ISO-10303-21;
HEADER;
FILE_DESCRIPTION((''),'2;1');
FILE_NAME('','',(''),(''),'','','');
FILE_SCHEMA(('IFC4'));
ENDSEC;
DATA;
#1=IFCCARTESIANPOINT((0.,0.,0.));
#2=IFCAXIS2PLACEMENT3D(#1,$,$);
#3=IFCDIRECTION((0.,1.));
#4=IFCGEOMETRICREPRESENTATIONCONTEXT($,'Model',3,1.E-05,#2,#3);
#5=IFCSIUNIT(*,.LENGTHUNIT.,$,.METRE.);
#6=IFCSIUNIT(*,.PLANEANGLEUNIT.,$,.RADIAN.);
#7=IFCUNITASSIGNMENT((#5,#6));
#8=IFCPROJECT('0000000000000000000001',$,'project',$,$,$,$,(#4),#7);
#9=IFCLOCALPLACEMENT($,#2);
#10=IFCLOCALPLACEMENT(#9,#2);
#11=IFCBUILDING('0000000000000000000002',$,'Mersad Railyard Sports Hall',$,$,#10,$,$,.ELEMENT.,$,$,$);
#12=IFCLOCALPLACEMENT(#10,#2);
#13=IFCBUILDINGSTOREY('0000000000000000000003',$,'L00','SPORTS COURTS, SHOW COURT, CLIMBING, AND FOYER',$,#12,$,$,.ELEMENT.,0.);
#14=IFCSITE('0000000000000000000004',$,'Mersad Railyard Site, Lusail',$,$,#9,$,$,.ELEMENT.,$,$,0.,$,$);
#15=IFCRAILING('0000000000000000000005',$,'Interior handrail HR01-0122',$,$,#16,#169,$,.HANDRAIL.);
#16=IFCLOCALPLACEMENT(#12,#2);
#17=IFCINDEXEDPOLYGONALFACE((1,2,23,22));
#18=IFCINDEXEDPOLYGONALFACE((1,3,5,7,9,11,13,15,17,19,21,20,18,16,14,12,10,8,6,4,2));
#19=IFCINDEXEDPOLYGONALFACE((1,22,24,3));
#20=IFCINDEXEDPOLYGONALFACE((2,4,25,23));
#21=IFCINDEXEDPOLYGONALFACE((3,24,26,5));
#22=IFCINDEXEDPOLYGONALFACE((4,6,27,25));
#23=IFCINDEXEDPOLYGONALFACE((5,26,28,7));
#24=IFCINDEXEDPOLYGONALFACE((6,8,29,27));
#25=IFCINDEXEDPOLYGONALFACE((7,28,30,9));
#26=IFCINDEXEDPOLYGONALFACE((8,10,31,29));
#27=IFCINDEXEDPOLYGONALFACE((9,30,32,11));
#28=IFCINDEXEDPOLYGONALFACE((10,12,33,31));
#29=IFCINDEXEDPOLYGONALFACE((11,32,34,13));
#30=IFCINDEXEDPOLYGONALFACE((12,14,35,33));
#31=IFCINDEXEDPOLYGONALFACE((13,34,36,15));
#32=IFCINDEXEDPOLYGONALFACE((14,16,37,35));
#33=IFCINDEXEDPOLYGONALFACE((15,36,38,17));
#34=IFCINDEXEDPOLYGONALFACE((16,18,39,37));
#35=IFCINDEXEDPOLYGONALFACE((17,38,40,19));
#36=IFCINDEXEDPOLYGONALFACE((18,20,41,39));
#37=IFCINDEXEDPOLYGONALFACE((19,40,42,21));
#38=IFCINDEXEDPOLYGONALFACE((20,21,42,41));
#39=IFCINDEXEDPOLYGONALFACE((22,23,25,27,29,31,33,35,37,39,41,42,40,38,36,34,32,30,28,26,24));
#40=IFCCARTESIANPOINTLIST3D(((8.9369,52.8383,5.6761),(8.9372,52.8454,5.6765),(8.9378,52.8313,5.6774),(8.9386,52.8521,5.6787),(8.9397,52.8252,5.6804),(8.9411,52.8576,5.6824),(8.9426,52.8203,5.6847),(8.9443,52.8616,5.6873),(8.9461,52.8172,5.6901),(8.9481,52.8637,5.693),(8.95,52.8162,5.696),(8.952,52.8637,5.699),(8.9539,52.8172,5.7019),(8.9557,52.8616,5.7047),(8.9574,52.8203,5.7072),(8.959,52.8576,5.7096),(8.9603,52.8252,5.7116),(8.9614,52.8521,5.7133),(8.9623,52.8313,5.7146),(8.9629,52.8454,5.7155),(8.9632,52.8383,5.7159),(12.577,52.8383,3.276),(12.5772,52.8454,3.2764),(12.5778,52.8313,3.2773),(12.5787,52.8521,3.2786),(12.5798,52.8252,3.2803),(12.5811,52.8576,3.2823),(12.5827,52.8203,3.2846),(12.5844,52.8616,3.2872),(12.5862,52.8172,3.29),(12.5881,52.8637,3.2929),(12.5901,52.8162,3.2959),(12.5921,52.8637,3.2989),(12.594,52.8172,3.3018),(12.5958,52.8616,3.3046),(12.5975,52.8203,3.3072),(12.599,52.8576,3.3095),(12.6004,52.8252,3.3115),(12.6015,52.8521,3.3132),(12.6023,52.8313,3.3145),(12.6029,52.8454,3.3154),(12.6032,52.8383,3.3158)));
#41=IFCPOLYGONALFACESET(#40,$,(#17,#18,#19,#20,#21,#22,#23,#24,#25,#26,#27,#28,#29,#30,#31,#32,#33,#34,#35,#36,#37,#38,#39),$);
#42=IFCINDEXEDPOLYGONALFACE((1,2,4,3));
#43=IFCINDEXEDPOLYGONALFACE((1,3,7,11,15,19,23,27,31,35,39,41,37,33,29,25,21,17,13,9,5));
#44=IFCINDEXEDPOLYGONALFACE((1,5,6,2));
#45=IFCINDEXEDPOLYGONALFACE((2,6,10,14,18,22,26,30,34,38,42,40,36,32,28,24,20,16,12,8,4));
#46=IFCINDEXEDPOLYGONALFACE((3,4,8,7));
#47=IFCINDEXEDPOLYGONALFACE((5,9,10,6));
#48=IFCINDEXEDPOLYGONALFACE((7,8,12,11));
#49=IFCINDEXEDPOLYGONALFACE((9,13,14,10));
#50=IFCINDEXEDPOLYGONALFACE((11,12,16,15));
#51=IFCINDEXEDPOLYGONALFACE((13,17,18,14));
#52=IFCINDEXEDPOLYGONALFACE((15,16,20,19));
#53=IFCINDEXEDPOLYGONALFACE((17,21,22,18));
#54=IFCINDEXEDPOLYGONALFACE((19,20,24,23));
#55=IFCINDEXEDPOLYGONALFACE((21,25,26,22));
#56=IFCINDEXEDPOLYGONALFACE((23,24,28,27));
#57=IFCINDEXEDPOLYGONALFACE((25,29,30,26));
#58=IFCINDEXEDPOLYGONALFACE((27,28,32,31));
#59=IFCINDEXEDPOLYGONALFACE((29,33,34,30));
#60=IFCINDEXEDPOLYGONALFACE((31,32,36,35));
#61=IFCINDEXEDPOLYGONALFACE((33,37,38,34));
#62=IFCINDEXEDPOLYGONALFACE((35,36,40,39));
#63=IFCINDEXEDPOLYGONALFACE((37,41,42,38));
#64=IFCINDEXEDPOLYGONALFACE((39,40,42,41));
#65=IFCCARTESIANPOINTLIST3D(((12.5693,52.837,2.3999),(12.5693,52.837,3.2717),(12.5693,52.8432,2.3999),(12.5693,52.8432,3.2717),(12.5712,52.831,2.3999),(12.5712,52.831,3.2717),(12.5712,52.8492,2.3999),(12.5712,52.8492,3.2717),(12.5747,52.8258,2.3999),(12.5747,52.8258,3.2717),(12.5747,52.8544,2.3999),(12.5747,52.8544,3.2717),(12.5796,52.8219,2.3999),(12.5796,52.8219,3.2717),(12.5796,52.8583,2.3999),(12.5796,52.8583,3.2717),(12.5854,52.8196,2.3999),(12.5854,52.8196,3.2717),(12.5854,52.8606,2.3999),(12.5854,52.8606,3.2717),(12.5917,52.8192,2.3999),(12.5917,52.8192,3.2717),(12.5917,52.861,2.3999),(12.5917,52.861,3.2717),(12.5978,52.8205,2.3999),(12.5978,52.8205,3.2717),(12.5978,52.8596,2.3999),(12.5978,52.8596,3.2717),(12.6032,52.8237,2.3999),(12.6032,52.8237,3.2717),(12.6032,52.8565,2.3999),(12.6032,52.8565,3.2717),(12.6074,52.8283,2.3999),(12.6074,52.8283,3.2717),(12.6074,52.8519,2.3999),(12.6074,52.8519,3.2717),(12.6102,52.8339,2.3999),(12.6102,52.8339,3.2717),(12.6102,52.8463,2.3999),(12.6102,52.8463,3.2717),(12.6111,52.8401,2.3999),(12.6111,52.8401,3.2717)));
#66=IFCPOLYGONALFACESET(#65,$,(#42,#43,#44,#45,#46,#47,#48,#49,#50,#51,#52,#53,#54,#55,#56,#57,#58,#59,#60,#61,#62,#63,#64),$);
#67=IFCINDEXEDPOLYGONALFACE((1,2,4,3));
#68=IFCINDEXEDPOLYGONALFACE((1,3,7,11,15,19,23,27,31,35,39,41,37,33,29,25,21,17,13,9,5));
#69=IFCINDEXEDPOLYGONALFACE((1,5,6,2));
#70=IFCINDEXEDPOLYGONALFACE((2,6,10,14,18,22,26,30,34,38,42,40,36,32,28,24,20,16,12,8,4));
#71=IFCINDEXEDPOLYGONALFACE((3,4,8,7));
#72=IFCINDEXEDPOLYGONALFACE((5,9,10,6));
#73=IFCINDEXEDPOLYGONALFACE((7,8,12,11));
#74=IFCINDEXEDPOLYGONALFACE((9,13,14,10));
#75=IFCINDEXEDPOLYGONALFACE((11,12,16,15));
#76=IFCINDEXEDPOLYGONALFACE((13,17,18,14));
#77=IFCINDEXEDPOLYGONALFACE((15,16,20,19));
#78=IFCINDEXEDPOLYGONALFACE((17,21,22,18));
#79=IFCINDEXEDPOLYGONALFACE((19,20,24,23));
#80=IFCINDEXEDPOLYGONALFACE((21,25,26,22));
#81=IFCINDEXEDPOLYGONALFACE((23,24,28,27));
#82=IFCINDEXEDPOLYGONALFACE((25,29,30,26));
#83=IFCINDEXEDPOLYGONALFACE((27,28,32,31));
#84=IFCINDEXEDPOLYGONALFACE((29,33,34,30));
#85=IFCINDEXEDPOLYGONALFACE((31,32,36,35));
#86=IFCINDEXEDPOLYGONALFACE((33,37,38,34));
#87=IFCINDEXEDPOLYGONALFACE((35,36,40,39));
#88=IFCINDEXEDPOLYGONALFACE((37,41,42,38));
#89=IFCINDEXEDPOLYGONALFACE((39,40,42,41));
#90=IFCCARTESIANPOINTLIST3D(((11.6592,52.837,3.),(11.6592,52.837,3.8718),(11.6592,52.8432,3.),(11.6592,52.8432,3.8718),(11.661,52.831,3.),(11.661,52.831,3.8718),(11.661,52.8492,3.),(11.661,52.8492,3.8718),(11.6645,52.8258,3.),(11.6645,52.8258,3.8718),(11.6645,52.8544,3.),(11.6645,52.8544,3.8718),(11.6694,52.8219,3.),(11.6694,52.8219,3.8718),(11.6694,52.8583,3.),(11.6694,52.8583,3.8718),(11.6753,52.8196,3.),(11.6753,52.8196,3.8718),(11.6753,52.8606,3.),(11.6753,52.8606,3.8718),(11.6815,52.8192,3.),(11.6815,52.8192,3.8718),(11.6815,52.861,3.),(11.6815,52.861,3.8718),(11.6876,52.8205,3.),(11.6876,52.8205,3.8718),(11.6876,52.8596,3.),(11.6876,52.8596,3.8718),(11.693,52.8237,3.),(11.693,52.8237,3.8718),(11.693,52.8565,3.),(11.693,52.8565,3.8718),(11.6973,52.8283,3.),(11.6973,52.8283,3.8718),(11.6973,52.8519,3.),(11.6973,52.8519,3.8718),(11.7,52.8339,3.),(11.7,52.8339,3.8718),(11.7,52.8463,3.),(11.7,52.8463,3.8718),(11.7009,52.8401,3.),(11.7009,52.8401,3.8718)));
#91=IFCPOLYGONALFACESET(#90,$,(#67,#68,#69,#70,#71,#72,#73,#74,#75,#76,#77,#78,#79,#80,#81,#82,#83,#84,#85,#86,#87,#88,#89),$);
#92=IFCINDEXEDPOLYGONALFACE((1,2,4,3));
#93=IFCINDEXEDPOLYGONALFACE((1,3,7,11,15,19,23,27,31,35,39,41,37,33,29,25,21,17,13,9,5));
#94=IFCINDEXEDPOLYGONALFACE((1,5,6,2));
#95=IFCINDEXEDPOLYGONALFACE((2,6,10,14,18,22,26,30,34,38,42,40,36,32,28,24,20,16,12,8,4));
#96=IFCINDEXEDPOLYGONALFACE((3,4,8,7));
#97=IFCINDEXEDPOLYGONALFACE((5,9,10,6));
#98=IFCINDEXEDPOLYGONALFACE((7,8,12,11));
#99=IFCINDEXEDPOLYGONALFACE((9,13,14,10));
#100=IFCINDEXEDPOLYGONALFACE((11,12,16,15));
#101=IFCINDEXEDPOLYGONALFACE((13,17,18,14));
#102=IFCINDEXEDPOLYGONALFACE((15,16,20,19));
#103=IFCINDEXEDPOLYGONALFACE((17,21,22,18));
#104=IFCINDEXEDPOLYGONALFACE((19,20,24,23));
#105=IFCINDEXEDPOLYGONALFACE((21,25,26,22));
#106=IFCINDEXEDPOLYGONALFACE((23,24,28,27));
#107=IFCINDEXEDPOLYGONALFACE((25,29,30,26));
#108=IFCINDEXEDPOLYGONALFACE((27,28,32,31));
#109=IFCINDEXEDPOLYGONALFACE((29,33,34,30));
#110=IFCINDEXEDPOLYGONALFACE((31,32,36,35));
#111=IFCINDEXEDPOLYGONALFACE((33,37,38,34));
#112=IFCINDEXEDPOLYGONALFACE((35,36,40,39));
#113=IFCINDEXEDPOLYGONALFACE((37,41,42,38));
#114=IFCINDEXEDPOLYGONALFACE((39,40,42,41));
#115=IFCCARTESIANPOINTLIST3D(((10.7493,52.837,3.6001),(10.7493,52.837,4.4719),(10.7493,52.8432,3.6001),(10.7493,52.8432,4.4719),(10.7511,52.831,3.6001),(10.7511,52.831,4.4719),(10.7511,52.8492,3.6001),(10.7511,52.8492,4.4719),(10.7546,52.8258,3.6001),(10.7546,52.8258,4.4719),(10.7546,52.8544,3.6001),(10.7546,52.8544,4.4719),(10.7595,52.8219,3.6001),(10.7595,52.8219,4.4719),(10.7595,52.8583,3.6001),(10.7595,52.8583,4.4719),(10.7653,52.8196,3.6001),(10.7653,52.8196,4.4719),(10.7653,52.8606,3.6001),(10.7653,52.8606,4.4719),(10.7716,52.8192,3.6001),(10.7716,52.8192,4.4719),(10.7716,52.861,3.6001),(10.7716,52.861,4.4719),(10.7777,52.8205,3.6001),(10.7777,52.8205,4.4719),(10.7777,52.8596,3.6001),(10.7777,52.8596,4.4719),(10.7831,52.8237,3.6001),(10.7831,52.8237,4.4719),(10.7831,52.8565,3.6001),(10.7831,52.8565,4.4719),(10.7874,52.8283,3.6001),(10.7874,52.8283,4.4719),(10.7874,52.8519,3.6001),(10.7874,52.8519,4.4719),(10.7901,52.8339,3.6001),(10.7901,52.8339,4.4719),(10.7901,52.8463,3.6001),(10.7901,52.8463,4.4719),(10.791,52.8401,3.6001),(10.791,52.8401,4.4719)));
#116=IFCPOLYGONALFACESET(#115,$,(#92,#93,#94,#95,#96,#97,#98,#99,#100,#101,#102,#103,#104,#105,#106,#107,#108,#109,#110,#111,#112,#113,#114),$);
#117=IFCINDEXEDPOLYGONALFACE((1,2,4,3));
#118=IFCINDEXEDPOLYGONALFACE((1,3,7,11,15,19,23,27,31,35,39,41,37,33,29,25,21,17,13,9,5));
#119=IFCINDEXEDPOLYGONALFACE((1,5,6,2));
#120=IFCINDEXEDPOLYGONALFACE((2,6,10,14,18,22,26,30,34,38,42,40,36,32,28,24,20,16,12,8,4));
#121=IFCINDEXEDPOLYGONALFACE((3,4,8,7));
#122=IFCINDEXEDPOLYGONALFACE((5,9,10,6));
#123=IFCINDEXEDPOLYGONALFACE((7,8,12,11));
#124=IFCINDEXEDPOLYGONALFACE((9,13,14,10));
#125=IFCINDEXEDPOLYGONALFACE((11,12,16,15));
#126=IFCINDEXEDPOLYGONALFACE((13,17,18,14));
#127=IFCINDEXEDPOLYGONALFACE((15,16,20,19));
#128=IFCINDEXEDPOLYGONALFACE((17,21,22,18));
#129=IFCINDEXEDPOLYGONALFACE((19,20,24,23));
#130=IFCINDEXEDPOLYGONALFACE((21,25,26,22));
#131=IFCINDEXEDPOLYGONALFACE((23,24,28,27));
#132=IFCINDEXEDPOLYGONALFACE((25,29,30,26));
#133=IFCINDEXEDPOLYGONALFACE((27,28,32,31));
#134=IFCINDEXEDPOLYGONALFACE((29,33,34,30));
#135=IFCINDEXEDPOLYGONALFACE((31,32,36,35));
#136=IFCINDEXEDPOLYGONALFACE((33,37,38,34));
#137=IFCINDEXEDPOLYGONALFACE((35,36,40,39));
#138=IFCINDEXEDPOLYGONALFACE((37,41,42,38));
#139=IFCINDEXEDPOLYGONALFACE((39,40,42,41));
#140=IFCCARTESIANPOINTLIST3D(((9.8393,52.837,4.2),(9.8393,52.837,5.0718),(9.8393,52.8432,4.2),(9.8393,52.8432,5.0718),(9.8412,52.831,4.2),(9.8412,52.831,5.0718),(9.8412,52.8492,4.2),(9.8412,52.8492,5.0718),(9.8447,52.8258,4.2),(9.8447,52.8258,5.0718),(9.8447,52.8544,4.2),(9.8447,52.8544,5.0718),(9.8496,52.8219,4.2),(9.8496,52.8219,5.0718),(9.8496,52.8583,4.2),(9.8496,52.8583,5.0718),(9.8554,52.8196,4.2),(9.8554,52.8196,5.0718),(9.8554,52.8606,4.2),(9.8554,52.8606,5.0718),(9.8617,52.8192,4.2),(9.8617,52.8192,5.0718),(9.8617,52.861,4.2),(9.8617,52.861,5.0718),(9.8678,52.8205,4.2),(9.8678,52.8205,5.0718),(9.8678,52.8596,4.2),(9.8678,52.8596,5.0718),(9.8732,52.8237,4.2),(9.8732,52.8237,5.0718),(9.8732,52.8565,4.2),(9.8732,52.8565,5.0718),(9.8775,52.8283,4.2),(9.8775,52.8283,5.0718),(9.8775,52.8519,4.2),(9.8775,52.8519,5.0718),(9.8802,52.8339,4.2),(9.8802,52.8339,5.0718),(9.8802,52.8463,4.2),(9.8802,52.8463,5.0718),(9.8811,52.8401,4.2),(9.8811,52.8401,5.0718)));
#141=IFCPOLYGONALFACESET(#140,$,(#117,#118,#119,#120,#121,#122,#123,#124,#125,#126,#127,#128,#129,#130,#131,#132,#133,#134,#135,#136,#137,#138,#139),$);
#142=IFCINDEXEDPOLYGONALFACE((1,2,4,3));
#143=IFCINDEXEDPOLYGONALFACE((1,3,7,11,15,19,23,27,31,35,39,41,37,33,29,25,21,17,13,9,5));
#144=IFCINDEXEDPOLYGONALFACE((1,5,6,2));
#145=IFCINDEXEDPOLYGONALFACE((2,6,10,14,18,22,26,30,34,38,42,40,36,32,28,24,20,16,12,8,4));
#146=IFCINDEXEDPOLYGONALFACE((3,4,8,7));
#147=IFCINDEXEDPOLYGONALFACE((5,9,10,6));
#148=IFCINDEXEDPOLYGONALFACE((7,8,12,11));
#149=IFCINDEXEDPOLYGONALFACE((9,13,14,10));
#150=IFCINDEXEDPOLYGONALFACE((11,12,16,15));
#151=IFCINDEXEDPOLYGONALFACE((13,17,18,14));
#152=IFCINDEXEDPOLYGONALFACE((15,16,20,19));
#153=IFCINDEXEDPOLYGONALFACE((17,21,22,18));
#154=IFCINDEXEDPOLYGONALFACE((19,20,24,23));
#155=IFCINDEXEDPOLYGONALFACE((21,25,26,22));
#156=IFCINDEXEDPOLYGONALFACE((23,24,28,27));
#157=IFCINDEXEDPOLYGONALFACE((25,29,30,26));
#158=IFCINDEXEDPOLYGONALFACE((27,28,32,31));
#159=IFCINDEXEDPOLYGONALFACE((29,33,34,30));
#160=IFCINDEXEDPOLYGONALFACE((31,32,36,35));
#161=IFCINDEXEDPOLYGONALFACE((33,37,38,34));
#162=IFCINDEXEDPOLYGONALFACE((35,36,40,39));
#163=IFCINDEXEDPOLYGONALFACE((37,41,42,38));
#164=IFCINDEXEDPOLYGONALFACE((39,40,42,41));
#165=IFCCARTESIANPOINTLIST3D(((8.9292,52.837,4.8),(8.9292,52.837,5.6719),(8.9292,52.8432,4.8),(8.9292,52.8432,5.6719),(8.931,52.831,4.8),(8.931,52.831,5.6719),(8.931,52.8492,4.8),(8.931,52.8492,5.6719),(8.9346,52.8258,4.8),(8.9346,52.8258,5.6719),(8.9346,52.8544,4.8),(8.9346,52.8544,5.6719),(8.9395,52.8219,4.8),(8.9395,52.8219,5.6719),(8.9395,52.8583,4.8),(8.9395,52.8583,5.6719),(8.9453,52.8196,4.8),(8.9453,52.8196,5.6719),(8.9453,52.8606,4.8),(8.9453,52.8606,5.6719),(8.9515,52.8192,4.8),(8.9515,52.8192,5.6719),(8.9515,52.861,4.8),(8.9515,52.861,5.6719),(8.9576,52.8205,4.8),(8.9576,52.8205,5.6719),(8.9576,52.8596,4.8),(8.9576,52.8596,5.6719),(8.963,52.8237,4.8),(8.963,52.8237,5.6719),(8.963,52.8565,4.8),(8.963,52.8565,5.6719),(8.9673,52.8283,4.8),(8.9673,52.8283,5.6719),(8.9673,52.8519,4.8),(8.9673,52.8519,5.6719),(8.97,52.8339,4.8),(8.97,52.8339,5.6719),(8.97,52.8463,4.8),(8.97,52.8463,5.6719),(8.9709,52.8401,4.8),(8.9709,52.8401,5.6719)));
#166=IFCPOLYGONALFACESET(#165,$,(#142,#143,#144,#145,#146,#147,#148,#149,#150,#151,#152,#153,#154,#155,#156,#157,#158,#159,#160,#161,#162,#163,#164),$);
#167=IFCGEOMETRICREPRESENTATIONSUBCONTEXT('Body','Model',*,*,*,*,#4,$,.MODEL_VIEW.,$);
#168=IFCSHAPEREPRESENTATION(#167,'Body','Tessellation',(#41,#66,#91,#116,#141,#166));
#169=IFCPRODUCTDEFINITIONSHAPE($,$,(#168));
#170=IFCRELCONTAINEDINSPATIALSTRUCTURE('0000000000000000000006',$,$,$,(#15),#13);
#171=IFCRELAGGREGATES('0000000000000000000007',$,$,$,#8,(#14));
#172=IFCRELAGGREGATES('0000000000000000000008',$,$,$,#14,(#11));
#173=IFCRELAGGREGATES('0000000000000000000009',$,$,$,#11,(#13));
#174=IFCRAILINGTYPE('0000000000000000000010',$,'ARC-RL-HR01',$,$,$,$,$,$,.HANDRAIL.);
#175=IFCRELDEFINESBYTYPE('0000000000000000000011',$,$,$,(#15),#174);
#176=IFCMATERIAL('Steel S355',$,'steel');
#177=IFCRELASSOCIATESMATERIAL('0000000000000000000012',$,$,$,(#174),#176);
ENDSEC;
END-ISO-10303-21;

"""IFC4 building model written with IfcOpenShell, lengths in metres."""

from ifc_helpers import new_model, si_unit, direction, frame, origin, origin_2d, place, context, subcontext, project, spatial, circle, extrude, material, type_object, element, save


model = new_model("IFC4")

# Units and contexts
model_context = context("Model", 3, precision=1e-05, world=origin(), true_north=direction((0.0, 1.0)))
body_context = subcontext(model_context, "Body", "Model", "MODEL_VIEW")
ifc_project = project(units=[si_unit("LENGTHUNIT", "METRE"), si_unit("PLANEANGLEUNIT", "RADIAN")], contexts=[model_context])

# Site, building, storey
site_placement = place(None, origin())
site = spatial("IfcSite", under=ifc_project, at=site_placement, Name="Mersad Railyard Site, Lusail", CompositionType="ELEMENT", RefElevation=0.0)
building_placement = place(site_placement, origin())
building = spatial("IfcBuilding", under=site, at=building_placement, Name="Mersad Railyard Sports Hall", CompositionType="ELEMENT")
storey_placement = place(building_placement, origin())
storey = spatial("IfcBuildingStorey", under=building, at=storey_placement, Name="L00", Description="SPORTS COURTS, SHOW COURT, CLIMBING, AND FOYER", CompositionType="ELEMENT", Elevation=0.0)

# Railing
ifc_material_1 = material(Name="Steel S355", Category="steel")
railing_type = type_object("IfcRailingType", Name="ARC-RL-HR01", PredefinedType="HANDRAIL", material=ifc_material_1)
railing_placement = place(storey_placement, frame((12.5901, 52.8401, 2.3999)))
element("IfcRailing", 1, at=railing_placement, inside=storey, type_object=railing_type, Name="Interior handrail HR01-0122", PredefinedType="HANDRAIL", context=body_context, shape_type="SweptSolid", body=[
    extrude(circle(Radius=0.0239, at=origin_2d()), frame((0.0, 0.0, 0.896), z_axis=(-0.834856, 0.0, 0.550468), x_axis=(0.0, -1.0, 0.0)), (0.0, 0.0, 1.0), 4.3601),
    extrude(circle(Radius=0.021, at=origin_2d()), origin(), (0.0, 0.0, 1.0), 0.8718),
    extrude(circle(Radius=0.021, at=origin_2d()), frame((-0.9102, 0.0, 0.6001)), (0.0, 0.0, 1.0), 0.8718),
    extrude(circle(Radius=0.021, at=origin_2d()), frame((-1.8201, 0.0, 1.2002)), (0.0, 0.0, 1.0), 0.8718),
    extrude(circle(Radius=0.021, at=origin_2d()), frame((-2.73, 0.0, 1.8)), (0.0, 0.0, 1.0), 0.8718),
    extrude(circle(Radius=0.021, at=origin_2d()), frame((-3.6401, 0.0, 2.4001)), (0.0, 0.0, 1.0), 0.8718),
])

save(model, "model.ifc")
